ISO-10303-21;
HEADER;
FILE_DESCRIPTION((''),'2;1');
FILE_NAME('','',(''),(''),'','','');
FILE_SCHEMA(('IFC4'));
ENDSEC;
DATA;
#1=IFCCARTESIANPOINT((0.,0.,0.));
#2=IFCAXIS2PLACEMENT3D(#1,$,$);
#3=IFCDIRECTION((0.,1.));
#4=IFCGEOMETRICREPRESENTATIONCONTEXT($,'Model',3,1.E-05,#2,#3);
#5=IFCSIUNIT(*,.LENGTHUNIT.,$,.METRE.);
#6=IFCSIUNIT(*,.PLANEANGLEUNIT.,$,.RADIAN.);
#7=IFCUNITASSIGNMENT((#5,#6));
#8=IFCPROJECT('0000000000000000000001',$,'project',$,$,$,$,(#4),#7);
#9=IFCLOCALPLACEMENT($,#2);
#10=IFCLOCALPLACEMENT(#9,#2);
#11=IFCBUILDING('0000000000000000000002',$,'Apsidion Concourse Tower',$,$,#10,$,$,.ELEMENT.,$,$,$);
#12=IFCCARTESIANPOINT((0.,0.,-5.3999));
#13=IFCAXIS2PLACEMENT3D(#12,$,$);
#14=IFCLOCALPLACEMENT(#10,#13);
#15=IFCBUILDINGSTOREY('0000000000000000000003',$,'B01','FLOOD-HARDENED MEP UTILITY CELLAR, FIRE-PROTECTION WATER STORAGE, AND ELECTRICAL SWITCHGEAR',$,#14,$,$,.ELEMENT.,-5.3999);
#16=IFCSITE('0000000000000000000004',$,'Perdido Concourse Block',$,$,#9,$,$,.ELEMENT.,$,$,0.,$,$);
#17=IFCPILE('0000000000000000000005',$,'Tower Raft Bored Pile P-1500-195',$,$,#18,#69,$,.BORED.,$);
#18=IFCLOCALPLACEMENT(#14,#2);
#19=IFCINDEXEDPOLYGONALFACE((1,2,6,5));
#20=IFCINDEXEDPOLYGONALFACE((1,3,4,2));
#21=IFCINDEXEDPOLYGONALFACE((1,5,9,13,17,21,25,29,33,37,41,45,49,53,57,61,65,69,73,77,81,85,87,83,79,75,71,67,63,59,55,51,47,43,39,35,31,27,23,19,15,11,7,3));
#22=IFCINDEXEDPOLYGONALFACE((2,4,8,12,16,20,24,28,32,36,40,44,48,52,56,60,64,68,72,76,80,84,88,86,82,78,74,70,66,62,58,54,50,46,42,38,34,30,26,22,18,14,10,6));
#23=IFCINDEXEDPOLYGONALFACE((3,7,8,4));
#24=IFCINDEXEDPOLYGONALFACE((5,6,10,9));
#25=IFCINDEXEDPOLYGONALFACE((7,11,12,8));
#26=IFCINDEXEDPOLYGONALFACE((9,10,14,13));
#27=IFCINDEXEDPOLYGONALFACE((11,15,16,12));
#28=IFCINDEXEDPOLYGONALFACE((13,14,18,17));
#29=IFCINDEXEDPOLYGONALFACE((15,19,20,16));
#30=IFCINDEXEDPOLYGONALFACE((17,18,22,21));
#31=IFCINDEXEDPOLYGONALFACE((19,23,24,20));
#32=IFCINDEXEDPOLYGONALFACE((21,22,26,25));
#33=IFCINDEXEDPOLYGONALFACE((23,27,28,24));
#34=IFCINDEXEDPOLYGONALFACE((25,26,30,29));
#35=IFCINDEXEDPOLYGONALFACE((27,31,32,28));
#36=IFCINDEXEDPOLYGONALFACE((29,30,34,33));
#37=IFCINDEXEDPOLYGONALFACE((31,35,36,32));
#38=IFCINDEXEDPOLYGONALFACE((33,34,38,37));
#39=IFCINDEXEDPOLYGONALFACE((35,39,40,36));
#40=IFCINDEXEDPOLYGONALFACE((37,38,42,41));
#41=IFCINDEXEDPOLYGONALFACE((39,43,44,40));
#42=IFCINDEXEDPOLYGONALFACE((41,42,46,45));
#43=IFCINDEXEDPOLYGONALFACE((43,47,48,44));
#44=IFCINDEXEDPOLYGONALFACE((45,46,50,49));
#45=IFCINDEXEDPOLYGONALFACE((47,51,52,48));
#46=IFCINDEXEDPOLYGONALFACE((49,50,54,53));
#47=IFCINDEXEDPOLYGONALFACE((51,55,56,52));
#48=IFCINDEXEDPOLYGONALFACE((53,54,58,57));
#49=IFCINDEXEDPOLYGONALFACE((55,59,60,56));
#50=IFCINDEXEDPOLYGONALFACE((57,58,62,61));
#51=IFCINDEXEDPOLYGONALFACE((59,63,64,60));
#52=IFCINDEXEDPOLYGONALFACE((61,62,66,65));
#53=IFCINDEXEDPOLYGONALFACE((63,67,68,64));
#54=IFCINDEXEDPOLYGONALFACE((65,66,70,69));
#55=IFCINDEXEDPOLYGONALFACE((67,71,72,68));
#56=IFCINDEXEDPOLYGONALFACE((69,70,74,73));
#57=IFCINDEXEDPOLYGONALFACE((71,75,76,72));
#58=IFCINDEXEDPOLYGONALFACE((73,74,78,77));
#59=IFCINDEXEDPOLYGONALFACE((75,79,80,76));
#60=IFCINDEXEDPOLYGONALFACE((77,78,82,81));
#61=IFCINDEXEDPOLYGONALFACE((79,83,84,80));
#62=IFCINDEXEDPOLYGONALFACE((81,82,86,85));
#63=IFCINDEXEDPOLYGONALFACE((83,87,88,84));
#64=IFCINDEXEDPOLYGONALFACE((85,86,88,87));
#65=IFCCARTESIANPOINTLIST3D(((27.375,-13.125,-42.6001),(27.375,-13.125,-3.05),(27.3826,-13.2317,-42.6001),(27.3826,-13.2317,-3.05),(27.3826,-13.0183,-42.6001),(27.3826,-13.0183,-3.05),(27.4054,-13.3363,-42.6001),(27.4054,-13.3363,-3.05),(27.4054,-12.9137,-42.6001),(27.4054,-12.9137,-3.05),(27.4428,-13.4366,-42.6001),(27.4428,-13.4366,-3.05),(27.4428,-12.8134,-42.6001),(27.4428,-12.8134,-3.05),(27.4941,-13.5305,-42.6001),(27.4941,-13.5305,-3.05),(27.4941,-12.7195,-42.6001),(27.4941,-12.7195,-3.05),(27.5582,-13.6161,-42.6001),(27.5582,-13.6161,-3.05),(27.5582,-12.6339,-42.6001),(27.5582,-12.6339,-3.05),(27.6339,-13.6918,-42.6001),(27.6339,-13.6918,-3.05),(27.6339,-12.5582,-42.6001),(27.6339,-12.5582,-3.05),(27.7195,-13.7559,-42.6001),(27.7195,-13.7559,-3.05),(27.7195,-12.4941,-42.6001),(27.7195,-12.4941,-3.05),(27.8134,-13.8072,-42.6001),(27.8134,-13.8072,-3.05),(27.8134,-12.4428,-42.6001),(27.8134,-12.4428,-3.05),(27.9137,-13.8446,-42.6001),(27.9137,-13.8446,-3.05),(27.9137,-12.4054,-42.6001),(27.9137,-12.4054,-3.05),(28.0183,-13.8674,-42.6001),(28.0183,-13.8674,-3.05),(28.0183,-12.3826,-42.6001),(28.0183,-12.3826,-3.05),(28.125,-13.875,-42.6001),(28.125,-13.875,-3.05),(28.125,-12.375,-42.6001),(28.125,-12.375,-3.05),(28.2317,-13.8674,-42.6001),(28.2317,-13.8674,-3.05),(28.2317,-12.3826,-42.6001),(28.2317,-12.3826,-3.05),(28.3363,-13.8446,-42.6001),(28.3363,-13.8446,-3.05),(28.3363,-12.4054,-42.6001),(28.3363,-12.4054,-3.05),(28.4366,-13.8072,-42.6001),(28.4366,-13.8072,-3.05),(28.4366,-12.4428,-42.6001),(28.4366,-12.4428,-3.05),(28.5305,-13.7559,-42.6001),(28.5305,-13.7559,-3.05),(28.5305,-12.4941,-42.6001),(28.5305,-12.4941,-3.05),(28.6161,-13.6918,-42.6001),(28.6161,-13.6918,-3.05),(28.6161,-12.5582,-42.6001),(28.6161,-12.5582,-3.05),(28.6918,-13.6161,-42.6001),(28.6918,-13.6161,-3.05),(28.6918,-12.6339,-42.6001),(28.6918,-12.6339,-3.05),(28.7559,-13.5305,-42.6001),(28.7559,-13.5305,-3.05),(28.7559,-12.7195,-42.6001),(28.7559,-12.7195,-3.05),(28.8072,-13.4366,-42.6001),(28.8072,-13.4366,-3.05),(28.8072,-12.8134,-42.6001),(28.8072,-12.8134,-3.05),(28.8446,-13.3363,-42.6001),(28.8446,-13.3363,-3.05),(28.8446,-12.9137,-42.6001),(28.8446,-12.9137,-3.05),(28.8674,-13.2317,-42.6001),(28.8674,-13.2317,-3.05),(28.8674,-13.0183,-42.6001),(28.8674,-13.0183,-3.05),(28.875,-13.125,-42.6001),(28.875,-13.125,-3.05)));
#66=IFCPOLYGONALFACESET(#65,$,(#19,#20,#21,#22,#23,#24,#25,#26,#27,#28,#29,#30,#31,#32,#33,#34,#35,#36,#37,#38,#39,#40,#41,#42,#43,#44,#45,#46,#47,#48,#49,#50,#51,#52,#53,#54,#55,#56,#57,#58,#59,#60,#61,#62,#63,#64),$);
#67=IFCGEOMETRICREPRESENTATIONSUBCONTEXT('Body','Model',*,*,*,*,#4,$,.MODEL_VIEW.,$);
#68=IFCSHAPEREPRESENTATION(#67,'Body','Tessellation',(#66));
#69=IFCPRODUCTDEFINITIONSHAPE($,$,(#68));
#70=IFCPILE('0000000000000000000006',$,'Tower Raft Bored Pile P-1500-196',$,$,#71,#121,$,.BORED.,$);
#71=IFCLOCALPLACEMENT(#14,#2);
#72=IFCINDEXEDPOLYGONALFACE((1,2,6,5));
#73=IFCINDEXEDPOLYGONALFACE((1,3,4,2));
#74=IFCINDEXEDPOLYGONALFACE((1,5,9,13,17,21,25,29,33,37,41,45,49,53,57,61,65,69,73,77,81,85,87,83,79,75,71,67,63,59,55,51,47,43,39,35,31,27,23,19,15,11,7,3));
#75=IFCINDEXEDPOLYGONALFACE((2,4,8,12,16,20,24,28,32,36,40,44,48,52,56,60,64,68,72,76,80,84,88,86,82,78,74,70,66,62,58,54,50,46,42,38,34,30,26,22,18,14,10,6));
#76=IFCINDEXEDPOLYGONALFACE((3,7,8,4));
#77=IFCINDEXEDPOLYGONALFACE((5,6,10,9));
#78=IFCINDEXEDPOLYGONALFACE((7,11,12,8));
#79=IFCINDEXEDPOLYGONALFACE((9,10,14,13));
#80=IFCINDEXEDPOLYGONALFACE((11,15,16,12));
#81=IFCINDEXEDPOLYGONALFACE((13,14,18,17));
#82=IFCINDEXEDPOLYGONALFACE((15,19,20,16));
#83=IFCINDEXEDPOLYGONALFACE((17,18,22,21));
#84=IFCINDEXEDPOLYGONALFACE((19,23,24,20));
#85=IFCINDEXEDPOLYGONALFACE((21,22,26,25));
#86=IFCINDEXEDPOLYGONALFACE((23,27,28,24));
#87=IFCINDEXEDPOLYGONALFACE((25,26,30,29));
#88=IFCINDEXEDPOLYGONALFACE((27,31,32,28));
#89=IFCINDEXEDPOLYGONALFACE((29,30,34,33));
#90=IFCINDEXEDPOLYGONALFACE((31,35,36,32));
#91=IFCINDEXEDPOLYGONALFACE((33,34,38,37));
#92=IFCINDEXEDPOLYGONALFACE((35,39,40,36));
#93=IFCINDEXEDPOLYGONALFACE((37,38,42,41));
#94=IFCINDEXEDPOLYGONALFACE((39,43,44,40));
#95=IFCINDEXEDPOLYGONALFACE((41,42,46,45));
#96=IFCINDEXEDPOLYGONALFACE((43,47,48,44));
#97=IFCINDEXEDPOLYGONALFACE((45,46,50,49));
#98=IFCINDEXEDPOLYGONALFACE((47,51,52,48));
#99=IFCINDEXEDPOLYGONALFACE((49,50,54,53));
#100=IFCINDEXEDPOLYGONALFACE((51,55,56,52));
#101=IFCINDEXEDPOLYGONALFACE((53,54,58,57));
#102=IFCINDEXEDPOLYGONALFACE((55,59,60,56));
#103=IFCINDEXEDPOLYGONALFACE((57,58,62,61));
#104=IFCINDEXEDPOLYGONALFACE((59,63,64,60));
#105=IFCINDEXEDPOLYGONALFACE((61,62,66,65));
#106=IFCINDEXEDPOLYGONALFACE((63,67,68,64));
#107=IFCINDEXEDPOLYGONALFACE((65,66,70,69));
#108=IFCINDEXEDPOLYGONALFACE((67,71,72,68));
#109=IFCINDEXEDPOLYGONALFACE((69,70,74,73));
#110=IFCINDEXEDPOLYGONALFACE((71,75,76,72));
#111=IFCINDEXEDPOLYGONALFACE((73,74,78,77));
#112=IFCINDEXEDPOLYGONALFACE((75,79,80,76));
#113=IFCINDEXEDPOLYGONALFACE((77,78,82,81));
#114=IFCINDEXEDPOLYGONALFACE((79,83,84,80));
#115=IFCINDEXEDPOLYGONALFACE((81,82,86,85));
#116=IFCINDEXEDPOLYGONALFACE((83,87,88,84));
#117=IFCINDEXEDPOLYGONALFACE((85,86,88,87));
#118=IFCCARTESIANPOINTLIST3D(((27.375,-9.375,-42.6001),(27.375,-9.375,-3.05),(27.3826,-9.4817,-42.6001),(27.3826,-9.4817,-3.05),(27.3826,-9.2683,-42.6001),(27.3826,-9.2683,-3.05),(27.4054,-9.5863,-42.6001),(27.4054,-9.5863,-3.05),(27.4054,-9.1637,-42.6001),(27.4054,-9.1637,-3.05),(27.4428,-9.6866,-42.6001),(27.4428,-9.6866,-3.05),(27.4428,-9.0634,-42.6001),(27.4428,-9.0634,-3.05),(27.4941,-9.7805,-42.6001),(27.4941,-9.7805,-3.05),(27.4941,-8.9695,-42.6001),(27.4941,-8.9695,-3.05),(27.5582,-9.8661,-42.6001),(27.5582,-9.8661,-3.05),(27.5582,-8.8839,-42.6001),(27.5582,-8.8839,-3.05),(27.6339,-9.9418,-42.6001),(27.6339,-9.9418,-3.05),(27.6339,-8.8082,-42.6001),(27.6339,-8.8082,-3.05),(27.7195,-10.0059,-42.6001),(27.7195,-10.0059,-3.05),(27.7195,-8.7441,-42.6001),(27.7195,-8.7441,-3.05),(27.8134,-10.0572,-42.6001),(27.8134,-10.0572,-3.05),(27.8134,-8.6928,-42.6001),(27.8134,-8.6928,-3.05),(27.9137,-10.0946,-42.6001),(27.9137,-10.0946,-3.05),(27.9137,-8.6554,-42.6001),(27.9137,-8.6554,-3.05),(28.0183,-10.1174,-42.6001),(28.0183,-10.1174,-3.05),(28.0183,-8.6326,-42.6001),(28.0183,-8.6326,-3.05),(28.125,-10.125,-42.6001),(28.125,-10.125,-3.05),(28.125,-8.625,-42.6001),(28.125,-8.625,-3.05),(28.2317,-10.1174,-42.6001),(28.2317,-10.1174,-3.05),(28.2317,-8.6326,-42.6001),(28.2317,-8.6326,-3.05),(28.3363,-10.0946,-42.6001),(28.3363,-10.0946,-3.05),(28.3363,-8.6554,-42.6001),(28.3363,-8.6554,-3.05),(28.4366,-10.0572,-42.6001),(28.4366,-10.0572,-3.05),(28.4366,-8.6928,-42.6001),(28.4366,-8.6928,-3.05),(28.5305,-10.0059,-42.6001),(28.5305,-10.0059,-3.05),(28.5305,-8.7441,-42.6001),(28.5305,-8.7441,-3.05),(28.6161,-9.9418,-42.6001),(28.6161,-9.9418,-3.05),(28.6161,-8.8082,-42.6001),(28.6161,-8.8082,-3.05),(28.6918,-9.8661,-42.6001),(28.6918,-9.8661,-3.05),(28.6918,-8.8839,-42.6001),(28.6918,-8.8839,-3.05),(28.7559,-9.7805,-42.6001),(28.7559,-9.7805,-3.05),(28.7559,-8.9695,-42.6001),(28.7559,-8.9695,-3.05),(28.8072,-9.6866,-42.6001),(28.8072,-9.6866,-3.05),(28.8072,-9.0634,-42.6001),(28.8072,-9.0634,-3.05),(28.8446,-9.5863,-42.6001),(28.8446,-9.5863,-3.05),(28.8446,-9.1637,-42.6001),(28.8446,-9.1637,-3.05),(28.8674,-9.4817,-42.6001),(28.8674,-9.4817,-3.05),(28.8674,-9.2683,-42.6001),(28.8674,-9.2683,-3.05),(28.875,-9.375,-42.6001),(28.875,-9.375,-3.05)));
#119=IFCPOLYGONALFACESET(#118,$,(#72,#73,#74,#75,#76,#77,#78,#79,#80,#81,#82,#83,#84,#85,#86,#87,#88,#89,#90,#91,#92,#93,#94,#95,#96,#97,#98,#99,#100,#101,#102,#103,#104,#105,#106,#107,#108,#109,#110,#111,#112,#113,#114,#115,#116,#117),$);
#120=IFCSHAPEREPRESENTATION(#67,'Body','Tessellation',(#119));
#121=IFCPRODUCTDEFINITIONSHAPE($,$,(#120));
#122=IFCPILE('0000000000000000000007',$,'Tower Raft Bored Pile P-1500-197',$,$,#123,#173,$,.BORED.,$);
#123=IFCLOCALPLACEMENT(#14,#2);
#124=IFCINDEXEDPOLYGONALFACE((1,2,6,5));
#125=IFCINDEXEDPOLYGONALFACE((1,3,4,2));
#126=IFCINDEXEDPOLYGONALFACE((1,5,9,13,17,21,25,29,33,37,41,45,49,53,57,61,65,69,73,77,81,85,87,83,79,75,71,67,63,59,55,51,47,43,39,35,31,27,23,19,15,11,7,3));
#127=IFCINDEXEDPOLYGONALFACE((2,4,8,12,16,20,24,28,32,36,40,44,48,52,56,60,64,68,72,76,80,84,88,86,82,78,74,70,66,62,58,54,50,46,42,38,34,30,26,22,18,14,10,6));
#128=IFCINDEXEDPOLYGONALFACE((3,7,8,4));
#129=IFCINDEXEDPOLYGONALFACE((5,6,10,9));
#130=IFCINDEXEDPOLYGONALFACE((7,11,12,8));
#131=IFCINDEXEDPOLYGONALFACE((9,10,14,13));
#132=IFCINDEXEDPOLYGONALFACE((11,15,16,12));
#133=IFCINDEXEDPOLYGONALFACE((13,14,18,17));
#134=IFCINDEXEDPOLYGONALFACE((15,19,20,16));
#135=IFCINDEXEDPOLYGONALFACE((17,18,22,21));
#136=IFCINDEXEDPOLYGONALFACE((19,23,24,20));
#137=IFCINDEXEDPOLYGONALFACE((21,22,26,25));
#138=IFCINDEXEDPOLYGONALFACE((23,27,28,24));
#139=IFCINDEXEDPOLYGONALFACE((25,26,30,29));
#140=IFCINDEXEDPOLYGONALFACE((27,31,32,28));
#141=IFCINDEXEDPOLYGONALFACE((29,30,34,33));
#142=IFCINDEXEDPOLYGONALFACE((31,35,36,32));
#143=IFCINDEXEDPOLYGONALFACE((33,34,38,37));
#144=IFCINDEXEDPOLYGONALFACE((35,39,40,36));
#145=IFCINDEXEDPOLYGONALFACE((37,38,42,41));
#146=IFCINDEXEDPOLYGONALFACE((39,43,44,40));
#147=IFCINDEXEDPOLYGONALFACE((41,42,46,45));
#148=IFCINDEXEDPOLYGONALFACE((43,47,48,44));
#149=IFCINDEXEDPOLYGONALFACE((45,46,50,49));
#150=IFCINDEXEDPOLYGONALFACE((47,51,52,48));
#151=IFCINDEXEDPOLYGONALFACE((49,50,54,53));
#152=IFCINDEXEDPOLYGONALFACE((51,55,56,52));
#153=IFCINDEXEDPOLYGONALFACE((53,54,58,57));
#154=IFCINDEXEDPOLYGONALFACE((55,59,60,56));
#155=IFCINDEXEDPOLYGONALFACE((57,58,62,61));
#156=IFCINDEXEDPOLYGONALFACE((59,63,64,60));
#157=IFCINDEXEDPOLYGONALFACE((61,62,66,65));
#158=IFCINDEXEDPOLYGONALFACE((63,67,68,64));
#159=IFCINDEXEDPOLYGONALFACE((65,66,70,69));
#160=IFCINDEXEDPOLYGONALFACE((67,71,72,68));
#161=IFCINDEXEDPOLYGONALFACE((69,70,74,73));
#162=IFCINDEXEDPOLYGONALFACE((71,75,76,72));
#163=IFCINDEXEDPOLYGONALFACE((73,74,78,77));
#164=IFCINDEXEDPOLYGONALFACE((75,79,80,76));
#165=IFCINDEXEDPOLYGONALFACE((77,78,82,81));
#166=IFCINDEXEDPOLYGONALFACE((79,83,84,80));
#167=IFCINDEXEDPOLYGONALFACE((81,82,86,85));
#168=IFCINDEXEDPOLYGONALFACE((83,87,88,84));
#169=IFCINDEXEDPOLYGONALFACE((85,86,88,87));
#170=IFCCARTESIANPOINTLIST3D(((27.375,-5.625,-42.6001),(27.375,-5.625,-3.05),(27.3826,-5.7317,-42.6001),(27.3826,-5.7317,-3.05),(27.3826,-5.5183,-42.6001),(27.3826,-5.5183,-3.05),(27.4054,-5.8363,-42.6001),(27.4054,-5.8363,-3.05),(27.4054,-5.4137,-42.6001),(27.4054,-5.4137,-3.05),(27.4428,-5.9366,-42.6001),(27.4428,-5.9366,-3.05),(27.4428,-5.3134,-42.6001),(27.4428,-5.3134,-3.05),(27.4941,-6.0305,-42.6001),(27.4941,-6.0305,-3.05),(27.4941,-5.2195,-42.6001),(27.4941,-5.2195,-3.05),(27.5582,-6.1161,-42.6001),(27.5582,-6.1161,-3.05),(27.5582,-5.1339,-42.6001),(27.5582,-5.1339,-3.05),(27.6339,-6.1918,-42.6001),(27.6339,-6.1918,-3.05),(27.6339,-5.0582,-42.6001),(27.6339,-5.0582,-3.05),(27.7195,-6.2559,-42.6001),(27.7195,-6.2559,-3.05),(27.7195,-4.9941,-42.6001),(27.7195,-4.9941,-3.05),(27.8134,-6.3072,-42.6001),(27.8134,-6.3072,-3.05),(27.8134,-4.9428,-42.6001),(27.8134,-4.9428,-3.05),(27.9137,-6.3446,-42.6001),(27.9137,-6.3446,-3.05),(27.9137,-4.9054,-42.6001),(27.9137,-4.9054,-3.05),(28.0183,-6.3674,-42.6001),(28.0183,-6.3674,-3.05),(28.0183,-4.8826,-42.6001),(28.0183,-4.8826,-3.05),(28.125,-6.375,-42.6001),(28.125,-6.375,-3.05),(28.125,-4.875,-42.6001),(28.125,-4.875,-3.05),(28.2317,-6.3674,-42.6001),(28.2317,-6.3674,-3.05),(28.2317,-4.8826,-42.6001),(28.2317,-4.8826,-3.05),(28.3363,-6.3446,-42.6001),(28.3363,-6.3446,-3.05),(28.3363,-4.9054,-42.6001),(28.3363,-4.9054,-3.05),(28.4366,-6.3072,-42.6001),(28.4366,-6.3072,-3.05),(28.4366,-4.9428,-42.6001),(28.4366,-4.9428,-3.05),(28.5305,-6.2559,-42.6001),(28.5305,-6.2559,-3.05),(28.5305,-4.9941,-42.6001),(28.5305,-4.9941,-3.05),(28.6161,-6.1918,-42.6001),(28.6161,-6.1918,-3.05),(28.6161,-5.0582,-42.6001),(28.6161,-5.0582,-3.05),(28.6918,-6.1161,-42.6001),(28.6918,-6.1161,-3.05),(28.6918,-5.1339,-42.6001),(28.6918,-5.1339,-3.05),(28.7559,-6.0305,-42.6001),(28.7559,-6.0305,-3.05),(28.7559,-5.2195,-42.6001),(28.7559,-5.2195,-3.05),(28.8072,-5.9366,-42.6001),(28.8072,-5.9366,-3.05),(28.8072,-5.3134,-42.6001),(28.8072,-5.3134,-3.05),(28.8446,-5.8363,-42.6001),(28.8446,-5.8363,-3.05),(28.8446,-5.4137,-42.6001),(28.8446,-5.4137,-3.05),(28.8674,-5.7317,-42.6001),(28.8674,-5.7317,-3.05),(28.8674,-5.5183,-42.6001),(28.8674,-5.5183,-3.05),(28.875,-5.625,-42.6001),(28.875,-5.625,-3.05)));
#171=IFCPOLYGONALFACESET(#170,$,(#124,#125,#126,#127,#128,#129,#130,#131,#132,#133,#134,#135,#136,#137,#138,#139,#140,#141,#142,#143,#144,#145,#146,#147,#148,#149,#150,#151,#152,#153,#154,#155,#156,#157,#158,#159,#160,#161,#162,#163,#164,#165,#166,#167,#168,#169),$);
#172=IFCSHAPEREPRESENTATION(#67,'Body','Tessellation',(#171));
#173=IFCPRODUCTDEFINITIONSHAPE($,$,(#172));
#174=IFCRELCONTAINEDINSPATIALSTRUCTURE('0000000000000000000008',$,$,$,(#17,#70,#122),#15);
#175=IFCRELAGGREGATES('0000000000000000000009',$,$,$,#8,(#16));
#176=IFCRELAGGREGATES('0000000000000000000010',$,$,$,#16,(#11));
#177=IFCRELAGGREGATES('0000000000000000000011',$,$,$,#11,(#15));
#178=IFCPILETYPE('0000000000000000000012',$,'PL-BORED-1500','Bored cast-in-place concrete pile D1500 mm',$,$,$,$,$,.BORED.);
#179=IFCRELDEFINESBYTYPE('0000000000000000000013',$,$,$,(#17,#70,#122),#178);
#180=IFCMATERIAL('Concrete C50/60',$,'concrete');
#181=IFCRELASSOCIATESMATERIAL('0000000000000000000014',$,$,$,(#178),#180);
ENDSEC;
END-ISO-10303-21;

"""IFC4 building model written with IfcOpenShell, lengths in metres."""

from ifc_helpers import new_model, si_unit, direction, frame, origin, origin_2d, place, context, subcontext, project, spatial, circle, extrude, material, material_profile, profile_set, type_object, element, save


model = new_model("IFC4")

# Units and contexts
model_context = context("Model", 3, precision=1e-05, world=origin(), true_north=direction((0.0, 1.0)))
body_context = subcontext(model_context, "Body", "Model", "MODEL_VIEW")
ifc_project = project(units=[si_unit("LENGTHUNIT", "METRE"), si_unit("PLANEANGLEUNIT", "RADIAN")], contexts=[model_context])

# Site, building, storey
site_placement = place(None, origin())
site = spatial("IfcSite", under=ifc_project, at=site_placement, Name="Perdido Concourse Block", CompositionType="ELEMENT", RefElevation=0.0)
building_placement = place(site_placement, origin())
building = spatial("IfcBuilding", under=site, at=building_placement, Name="Apsidion Concourse Tower", CompositionType="ELEMENT")
storey_placement = place(building_placement, frame((0.0, 0.0, -5.3999)))
storey = spatial("IfcBuildingStorey", under=building, at=storey_placement, Name="B01", Description="FLOOD-HARDENED MEP UTILITY CELLAR, FIRE-PROTECTION WATER STORAGE, AND ELECTRICAL SWITCHGEAR", CompositionType="ELEMENT", Elevation=-5.3999)

# Shared definitions
ifc_material_1 = material(Name="Concrete C50/60", Category="concrete")

# Piles
ifc_material_profile_1 = material_profile(ifc_material_1, circle(Radius=0.75, at=origin_2d()), Name="BORED PILE D1500")
ifc_profile_set_1 = profile_set([ifc_material_profile_1], Name="Concrete C50/60")
pile_type_1 = type_object("IfcPileType", Name="PL-BORED-1500", Description="Bored cast-in-place concrete pile D1500 mm", PredefinedType="BORED", material=ifc_profile_set_1)
for number, where, z_axis, x_axis, name in (
    (1, (28.125, -13.125, -3.05), (0.0, 0.0, -1.0), (1.0, 0.0, 0.0), "Tower Raft Bored Pile P-1500-195"),
    (2, (28.125, -9.375, -3.05), (0.0, 0.0, -1.0), (1.0, 0.0, 0.0), "Tower Raft Bored Pile P-1500-196"),
    (3, (28.125, -5.625, -3.05), (0.0, 0.0, -1.0), (1.0, 0.0, 0.0), "Tower Raft Bored Pile P-1500-197"),
):
    element("IfcPile", number, at=place(storey_placement, frame(where, z_axis=z_axis, x_axis=x_axis)), inside=storey, type_object=pile_type_1, Name=name, PredefinedType="BORED", context=body_context, shape_type="SweptSolid", body=[
        extrude(circle(Radius=0.75, at=origin_2d()), origin(), (0.0, 0.0, 1.0), 39.55),
    ])

save(model, "model.ifc")
